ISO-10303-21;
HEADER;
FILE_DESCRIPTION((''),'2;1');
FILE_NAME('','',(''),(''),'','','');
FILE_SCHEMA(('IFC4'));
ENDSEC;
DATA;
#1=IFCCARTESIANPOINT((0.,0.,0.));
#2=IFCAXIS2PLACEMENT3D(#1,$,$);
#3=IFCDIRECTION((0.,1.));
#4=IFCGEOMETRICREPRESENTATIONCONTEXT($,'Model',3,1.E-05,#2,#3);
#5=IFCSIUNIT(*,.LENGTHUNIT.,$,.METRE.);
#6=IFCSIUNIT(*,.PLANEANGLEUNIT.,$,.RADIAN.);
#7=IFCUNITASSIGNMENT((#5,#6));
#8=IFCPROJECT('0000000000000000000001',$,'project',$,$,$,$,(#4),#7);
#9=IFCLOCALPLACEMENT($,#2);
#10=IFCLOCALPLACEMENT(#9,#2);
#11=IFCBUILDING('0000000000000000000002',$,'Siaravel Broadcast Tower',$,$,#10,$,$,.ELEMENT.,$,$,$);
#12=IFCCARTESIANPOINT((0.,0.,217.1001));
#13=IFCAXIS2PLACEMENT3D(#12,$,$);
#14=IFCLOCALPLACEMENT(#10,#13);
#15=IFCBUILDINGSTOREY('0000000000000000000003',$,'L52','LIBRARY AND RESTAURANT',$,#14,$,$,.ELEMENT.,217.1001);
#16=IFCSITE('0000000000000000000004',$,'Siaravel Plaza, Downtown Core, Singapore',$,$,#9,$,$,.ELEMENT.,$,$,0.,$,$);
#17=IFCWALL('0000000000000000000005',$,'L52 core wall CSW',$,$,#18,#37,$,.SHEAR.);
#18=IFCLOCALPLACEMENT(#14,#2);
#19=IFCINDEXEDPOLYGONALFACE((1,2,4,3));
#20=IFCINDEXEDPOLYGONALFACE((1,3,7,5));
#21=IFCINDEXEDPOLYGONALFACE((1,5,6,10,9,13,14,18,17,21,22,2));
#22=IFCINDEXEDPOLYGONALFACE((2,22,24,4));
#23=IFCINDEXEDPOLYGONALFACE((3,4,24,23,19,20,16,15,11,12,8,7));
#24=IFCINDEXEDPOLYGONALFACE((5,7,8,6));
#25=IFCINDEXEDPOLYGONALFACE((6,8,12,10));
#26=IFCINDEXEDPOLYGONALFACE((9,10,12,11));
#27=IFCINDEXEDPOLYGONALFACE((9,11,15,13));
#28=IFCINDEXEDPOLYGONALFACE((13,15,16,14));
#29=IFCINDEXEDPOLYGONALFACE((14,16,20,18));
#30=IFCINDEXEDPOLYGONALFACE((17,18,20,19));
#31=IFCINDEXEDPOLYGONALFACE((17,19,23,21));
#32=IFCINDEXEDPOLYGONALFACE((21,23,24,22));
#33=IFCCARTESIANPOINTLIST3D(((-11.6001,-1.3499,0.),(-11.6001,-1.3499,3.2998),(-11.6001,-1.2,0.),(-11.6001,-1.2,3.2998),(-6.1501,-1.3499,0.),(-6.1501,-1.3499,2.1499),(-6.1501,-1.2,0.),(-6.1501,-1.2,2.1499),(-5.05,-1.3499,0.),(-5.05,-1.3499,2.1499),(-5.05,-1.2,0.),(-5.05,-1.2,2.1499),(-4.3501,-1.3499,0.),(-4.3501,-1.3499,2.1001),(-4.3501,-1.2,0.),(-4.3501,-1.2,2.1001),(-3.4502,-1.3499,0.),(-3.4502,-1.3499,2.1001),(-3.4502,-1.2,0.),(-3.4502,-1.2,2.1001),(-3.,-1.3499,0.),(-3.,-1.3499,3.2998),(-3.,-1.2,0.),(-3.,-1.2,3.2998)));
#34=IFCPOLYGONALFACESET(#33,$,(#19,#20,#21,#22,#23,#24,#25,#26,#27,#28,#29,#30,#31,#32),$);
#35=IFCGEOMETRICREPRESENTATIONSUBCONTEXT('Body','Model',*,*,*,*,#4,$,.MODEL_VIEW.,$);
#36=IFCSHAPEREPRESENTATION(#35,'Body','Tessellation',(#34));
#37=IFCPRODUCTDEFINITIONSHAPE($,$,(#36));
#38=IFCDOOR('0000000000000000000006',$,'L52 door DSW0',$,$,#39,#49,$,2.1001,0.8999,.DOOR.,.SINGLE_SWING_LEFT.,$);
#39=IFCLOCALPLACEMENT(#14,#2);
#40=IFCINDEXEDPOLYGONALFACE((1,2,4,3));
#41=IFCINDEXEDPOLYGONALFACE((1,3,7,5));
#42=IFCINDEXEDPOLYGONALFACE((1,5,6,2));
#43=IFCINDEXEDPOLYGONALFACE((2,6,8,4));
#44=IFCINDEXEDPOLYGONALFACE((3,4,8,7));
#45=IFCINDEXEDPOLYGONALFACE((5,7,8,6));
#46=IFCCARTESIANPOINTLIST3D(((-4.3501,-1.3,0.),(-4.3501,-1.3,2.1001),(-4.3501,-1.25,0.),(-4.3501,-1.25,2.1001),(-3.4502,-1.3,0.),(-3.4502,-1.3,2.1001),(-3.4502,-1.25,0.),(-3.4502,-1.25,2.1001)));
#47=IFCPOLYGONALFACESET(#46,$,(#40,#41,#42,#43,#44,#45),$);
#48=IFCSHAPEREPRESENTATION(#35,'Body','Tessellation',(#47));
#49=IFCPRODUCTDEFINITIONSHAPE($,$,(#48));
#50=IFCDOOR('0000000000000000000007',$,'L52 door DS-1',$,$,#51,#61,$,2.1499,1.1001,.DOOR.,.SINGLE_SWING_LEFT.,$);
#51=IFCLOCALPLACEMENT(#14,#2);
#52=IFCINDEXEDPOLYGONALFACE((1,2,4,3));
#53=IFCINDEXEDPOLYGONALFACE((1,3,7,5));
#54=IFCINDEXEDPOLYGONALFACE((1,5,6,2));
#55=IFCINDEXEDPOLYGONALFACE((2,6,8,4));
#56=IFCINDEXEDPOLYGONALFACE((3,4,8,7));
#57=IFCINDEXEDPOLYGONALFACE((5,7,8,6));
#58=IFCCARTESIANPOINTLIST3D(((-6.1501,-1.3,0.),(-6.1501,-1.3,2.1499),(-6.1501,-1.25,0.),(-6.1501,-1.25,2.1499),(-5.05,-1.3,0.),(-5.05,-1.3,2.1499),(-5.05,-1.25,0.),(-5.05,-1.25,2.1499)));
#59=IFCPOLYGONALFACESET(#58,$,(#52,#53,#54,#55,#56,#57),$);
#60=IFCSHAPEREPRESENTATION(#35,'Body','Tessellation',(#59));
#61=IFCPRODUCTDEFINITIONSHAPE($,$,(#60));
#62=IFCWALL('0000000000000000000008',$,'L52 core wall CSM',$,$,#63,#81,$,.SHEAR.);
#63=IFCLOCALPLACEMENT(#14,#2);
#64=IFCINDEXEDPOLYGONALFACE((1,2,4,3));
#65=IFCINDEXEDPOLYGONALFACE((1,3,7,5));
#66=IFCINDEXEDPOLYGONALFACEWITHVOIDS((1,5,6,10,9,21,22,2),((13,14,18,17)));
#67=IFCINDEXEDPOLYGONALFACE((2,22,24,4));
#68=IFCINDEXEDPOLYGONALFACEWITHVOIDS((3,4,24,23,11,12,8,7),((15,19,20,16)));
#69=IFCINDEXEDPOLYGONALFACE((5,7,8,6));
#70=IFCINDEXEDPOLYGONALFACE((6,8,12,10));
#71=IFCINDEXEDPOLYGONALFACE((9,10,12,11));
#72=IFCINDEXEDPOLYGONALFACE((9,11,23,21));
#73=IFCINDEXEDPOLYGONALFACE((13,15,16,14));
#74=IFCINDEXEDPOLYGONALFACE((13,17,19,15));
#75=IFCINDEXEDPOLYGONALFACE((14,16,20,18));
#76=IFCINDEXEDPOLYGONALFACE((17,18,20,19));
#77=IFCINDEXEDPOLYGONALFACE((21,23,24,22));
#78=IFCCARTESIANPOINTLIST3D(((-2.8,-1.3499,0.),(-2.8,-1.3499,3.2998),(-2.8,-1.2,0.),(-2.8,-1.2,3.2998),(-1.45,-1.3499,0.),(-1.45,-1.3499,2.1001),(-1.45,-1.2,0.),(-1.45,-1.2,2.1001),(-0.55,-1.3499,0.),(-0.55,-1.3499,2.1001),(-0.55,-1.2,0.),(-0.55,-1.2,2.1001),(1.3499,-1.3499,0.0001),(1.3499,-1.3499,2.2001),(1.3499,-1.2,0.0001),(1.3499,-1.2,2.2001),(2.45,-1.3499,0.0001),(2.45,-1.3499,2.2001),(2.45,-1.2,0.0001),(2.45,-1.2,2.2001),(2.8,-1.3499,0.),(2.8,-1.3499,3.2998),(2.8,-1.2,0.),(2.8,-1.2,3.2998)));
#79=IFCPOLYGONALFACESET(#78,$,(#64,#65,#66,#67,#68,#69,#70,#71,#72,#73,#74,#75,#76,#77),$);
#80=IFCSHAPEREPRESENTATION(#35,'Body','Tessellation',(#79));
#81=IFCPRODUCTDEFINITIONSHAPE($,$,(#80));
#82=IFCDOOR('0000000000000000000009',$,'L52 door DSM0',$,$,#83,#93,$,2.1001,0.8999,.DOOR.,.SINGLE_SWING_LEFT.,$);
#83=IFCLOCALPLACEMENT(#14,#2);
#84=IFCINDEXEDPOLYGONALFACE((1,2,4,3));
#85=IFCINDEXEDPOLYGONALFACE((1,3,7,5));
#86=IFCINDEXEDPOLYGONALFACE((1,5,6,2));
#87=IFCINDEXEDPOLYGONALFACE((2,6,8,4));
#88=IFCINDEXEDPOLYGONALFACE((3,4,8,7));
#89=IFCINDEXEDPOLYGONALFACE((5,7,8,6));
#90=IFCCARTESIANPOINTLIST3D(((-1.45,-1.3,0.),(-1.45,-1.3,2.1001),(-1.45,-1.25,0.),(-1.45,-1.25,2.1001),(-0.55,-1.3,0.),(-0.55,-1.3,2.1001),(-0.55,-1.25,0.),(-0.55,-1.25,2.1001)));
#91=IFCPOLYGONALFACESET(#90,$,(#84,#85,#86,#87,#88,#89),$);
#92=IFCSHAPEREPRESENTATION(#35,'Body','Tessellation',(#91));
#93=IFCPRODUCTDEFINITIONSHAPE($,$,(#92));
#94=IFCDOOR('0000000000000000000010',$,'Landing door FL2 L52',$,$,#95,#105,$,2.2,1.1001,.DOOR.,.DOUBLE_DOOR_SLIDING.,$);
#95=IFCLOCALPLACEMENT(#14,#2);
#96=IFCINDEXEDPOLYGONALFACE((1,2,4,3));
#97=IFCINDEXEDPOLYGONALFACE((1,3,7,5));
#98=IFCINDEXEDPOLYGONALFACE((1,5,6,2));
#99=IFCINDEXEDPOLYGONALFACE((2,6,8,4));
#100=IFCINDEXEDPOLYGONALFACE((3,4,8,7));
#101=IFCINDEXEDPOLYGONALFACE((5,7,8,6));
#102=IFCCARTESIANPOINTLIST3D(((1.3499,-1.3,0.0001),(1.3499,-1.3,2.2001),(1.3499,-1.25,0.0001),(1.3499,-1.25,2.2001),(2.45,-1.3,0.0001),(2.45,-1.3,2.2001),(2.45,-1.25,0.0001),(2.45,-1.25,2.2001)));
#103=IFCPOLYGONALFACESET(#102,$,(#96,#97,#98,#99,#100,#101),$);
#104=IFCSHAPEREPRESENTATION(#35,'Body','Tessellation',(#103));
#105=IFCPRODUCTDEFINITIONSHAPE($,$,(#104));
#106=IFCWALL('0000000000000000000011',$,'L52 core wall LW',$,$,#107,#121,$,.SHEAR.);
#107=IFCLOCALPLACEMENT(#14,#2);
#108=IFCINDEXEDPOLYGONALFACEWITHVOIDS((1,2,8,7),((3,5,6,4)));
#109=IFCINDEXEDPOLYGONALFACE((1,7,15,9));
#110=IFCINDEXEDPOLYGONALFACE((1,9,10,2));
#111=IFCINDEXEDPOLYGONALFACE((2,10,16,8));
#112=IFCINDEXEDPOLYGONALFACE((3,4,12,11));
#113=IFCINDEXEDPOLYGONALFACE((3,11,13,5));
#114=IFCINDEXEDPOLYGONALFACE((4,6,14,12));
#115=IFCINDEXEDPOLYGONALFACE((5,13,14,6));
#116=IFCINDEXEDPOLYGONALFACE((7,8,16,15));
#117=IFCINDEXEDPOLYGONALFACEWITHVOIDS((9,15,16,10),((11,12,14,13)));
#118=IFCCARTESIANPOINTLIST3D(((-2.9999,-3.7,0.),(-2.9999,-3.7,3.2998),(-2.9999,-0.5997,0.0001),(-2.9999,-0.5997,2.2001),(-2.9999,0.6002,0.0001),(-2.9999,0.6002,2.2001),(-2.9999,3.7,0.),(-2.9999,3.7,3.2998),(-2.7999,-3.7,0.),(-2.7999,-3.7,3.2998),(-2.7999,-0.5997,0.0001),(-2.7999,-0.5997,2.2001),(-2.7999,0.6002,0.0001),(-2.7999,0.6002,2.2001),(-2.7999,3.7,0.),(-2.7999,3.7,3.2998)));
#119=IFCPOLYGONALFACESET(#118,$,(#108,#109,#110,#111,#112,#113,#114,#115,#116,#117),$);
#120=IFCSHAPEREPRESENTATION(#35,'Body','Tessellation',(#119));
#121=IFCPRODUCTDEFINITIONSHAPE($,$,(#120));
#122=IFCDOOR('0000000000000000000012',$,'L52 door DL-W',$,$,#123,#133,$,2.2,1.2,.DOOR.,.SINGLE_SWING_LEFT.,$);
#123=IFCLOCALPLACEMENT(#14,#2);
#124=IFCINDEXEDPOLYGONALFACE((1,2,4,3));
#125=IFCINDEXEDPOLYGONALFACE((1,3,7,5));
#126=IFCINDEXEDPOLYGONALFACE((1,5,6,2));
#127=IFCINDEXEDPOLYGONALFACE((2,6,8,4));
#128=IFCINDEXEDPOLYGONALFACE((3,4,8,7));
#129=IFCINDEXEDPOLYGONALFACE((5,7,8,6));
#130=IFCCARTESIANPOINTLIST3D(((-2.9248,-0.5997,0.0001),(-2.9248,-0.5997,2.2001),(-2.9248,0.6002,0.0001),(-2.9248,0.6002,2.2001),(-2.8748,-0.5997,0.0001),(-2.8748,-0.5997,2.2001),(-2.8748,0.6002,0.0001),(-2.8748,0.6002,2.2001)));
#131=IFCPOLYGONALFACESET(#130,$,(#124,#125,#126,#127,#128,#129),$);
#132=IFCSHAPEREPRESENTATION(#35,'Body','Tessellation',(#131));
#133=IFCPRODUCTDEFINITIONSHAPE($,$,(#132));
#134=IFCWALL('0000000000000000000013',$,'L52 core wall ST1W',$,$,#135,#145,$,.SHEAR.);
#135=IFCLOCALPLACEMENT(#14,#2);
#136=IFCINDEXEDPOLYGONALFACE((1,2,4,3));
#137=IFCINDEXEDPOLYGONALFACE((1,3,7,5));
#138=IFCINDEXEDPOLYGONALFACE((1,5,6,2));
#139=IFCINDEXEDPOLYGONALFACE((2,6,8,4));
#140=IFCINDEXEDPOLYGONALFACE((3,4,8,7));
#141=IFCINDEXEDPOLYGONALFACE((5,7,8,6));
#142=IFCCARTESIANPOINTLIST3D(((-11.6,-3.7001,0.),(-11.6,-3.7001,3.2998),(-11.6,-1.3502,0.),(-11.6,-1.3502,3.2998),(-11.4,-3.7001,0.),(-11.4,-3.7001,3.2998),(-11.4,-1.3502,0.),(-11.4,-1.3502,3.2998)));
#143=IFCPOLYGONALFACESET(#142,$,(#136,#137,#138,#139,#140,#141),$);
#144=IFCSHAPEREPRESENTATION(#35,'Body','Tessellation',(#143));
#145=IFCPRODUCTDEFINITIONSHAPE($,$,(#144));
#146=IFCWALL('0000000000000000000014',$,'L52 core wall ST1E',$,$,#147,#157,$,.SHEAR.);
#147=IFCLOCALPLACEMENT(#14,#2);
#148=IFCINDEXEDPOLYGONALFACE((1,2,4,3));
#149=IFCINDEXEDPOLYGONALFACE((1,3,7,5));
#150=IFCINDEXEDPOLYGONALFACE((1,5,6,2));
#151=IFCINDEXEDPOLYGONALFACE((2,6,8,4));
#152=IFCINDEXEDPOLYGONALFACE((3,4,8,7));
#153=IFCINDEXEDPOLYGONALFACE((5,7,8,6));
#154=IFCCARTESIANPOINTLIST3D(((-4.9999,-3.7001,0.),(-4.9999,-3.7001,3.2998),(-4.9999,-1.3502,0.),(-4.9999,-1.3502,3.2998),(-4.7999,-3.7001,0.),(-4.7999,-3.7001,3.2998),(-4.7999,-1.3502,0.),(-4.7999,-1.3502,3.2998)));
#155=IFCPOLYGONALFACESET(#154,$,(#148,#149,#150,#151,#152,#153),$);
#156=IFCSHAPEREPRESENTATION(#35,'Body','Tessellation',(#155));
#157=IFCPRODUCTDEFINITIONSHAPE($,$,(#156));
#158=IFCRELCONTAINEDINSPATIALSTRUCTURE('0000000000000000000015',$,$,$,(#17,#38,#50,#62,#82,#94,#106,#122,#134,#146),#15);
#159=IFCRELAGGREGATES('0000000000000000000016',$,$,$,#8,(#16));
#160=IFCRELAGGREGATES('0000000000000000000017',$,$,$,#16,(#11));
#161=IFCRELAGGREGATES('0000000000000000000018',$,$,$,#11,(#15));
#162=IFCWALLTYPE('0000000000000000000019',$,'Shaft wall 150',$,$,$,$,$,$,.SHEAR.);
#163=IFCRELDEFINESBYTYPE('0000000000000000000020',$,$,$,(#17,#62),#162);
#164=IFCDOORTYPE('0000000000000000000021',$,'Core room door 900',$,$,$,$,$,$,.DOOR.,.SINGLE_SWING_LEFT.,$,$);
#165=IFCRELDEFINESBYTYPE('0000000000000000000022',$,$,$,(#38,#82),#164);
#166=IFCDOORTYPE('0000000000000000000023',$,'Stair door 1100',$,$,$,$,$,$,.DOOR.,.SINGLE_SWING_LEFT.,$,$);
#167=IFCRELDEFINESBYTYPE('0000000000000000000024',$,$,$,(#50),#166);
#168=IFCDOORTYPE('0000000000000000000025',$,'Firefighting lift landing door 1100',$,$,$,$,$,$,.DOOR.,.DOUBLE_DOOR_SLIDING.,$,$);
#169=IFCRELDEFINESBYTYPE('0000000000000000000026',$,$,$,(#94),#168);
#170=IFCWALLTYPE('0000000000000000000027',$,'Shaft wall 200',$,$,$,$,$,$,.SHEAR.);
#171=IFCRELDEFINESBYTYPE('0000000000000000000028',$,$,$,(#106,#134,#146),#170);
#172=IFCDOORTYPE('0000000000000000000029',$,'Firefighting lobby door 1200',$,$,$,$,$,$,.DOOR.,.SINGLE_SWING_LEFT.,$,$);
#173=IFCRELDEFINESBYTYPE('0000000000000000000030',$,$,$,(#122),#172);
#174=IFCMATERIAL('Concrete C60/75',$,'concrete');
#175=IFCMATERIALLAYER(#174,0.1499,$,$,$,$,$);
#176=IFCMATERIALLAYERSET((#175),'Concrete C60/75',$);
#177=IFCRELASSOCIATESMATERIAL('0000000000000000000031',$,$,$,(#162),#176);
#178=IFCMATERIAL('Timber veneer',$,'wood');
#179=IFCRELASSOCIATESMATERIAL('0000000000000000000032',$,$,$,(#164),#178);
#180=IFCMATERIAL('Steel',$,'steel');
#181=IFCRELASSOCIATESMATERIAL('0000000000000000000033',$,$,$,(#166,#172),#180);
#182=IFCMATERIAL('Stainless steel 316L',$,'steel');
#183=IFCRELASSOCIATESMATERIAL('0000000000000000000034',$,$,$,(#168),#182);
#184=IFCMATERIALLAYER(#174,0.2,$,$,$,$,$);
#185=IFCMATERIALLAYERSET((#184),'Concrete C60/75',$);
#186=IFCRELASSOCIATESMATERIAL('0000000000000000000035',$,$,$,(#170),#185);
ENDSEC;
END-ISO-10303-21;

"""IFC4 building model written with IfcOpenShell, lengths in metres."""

from ifc_helpers import new_model, si_unit, direction, frame, frame_2d, origin, place, context, subcontext, project, spatial, rectangle, extrude, material, layer, layer_set, type_object, element, fill, save


model = new_model("IFC4")

# Units and contexts
model_context = context("Model", 3, precision=1e-05, world=origin(), true_north=direction((0.0, 1.0)))
body_context = subcontext(model_context, "Body", "Model", "MODEL_VIEW")
ifc_project = project(units=[si_unit("LENGTHUNIT", "METRE"), si_unit("PLANEANGLEUNIT", "RADIAN")], contexts=[model_context])

# Site, building, storey
site_placement = place(None, origin())
site = spatial("IfcSite", under=ifc_project, at=site_placement, Name="Siaravel Plaza, Downtown Core, Singapore", CompositionType="ELEMENT", RefElevation=0.0)
building_placement = place(site_placement, origin())
building = spatial("IfcBuilding", under=site, at=building_placement, Name="Siaravel Broadcast Tower", CompositionType="ELEMENT")
storey_placement = place(building_placement, frame((0.0, 0.0, 217.1001)))
storey = spatial("IfcBuildingStorey", under=building, at=storey_placement, Name="L52", Description="LIBRARY AND RESTAURANT", CompositionType="ELEMENT", Elevation=217.1001)

# Walls, openings, doors
ifc_material_1 = material(Name="Concrete C60/75", Category="concrete")
ifc_layer_1 = layer(ifc_material_1, 0.1499)
ifc_layer_set_1 = layer_set([ifc_layer_1], Name="Concrete C60/75")
wall_type_1 = type_object("IfcWallType", Name="Shaft wall 150", PredefinedType="SHEAR", material=ifc_layer_set_1)
wall_1_placement = place(storey_placement, frame((-11.6001, -1.2749, 0.0), z_axis=(0.0, 0.0, 1.0), x_axis=(1.0, 0.0, 0.0)))
wall_1 = element("IfcWall", 1, at=wall_1_placement, inside=storey, type_object=wall_type_1, Name="L52 core wall CSW", PredefinedType="SHEAR", context=body_context, shape_type="SweptSolid", body=[
    extrude(rectangle(XDim=8.6001, YDim=0.1499, at=frame_2d((4.3, 0.0))), origin(), (0.0, 0.0, 1.0), 3.2998),
])
opening_1_placement = place(wall_1_placement, frame((5.45, 0.0, 0.0)))
opening_1 = element("IfcOpeningElement", 2, at=opening_1_placement, cuts=wall_1, PredefinedType="OPENING", context=body_context, shape_type="SweptSolid", body=[
    extrude(rectangle(XDim=1.1001, YDim=2.1499, at=frame_2d((0.55, 1.075))), frame((0.0, 0.085, 0.0), z_axis=(0.0, -1.0, 0.0), x_axis=(1.0, 0.0, 0.0)), (0.0, 0.0, 1.0), 0.1699),
])
opening_2_placement = place(wall_1_placement, frame((7.25, 0.0, 0.0)))
opening_2 = element("IfcOpeningElement", 3, at=opening_2_placement, cuts=wall_1, PredefinedType="OPENING", context=body_context, shape_type="SweptSolid", body=[
    extrude(rectangle(XDim=0.8999, YDim=2.1001, at=frame_2d((0.45, 1.05))), frame((0.0, 0.085, 0.0), z_axis=(0.0, -1.0, 0.0), x_axis=(1.0, 0.0, 0.0)), (0.0, 0.0, 1.0), 0.1699),
])
ifc_material_2 = material(Name="Timber veneer", Category="wood")
door_type_1 = type_object("IfcDoorType", Name="Core room door 900", OperationType="SINGLE_SWING_LEFT", PredefinedType="DOOR", material=ifc_material_2)
door_1_placement = place(opening_2_placement, origin())
door_1 = element("IfcDoor", 4, at=door_1_placement, inside=storey, type_object=door_type_1, Name="L52 door DSW0", OperationType="SINGLE_SWING_LEFT", OverallHeight=2.1001, OverallWidth=0.8999, PredefinedType="DOOR", context=body_context, shape_type="SweptSolid", body=[
    extrude(rectangle(XDim=0.8999, YDim=2.1001, at=frame_2d((0.45, 1.05))), frame((0.0, 0.0249, 0.0), z_axis=(0.0, -1.0, 0.0), x_axis=(1.0, 0.0, 0.0)), (0.0, 0.0, 1.0), 0.05),
])
fill(opening_2, door_1)
ifc_material_3 = material(Name="Steel", Category="steel")
door_type_2 = type_object("IfcDoorType", Name="Stair door 1100", OperationType="SINGLE_SWING_LEFT", PredefinedType="DOOR", material=ifc_material_3)
door_2_placement = place(opening_1_placement, origin())
door_2 = element("IfcDoor", 5, at=door_2_placement, inside=storey, type_object=door_type_2, Name="L52 door DS-1", OperationType="SINGLE_SWING_LEFT", OverallHeight=2.1499, OverallWidth=1.1001, PredefinedType="DOOR", context=body_context, shape_type="SweptSolid", body=[
    extrude(rectangle(XDim=1.1001, YDim=2.1499, at=frame_2d((0.55, 1.075))), frame((0.0, 0.0249, 0.0), z_axis=(0.0, -1.0, 0.0), x_axis=(1.0, 0.0, 0.0)), (0.0, 0.0, 1.0), 0.05),
])
fill(opening_1, door_2)
wall_2_placement = place(storey_placement, frame((-2.8, -1.2749, 0.0), z_axis=(0.0, 0.0, 1.0), x_axis=(1.0, 0.0, 0.0)))
wall_2 = element("IfcWall", 6, at=wall_2_placement, inside=storey, type_object=wall_type_1, Name="L52 core wall CSM", PredefinedType="SHEAR", context=body_context, shape_type="SweptSolid", body=[
    extrude(rectangle(XDim=5.6001, YDim=0.1499, at=frame_2d((2.8, 0.0))), origin(), (0.0, 0.0, 1.0), 3.2998),
])
opening_3_placement = place(wall_2_placement, frame((4.1499, 0.0, 0.0)))
opening_3 = element("IfcOpeningElement", 7, at=opening_3_placement, cuts=wall_2, PredefinedType="OPENING", context=body_context, shape_type="SweptSolid", body=[
    extrude(rectangle(XDim=1.1001, YDim=2.2, at=frame_2d((0.55, 1.1001))), frame((0.0, 0.085, 0.0), z_axis=(0.0, -1.0, 0.0), x_axis=(1.0, 0.0, 0.0)), (0.0, 0.0, 1.0), 0.1699),
])
opening_4_placement = place(wall_2_placement, frame((1.3501, 0.0, 0.0)))
opening_4 = element("IfcOpeningElement", 8, at=opening_4_placement, cuts=wall_2, PredefinedType="OPENING", context=body_context, shape_type="SweptSolid", body=[
    extrude(rectangle(XDim=0.8999, YDim=2.1001, at=frame_2d((0.45, 1.05))), frame((0.0, 0.085, 0.0), z_axis=(0.0, -1.0, 0.0), x_axis=(1.0, 0.0, 0.0)), (0.0, 0.0, 1.0), 0.1699),
])
door_3_placement = place(opening_4_placement, origin())
door_3 = element("IfcDoor", 9, at=door_3_placement, inside=storey, type_object=door_type_1, Name="L52 door DSM0", OperationType="SINGLE_SWING_LEFT", OverallHeight=2.1001, OverallWidth=0.8999, PredefinedType="DOOR", context=body_context, shape_type="SweptSolid", body=[
    extrude(rectangle(XDim=0.8999, YDim=2.1001, at=frame_2d((0.45, 1.05))), frame((0.0, 0.0249, 0.0), z_axis=(0.0, -1.0, 0.0), x_axis=(1.0, 0.0, 0.0)), (0.0, 0.0, 1.0), 0.05),
])
fill(opening_4, door_3)
ifc_material_4 = material(Name="Stainless steel 316L", Category="steel")
door_type_3 = type_object("IfcDoorType", Name="Firefighting lift landing door 1100", OperationType="DOUBLE_DOOR_SLIDING", PredefinedType="DOOR", material=ifc_material_4)
door_4_placement = place(opening_3_placement, origin())
door_4 = element("IfcDoor", 10, at=door_4_placement, inside=storey, type_object=door_type_3, Name="Landing door FL2 L52", OperationType="DOUBLE_DOOR_SLIDING", OverallHeight=2.2, OverallWidth=1.1001, PredefinedType="DOOR", context=body_context, shape_type="SweptSolid", body=[
    extrude(rectangle(XDim=1.1001, YDim=2.2, at=frame_2d((0.55, 1.1001))), frame((0.0, 0.0249, 0.0), z_axis=(0.0, -1.0, 0.0), x_axis=(1.0, 0.0, 0.0)), (0.0, 0.0, 1.0), 0.05),
])
fill(opening_3, door_4)

# Wall, opening, door
ifc_layer_2 = layer(ifc_material_1, 0.2)
ifc_layer_set_2 = layer_set([ifc_layer_2], Name="Concrete C60/75")
wall_type_2 = type_object("IfcWallType", Name="Shaft wall 200", PredefinedType="SHEAR", material=ifc_layer_set_2)
wall_3_placement = place(storey_placement, frame((-2.8999, -3.7, 0.0), z_axis=(0.0, 0.0, 1.0), x_axis=(0.0, 1.0, 0.0)))
wall_3 = element("IfcWall", 11, at=wall_3_placement, inside=storey, type_object=wall_type_2, Name="L52 core wall LW", PredefinedType="SHEAR", context=body_context, shape_type="SweptSolid", body=[
    extrude(rectangle(XDim=7.3999, YDim=0.2, at=frame_2d((3.7, 0.0))), origin(), (0.0, 0.0, 1.0), 3.2998),
])
opening_5_placement = place(wall_3_placement, frame((3.1001, 0.0, 0.0)))
opening_5 = element("IfcOpeningElement", 12, at=opening_5_placement, cuts=wall_3, PredefinedType="OPENING", context=body_context, shape_type="SweptSolid", body=[
    extrude(rectangle(XDim=1.2, YDim=2.2, at=frame_2d((0.6001, 1.1001))), frame((0.0, 0.1099, 0.0), z_axis=(0.0, -1.0, 0.0), x_axis=(1.0, 0.0, 0.0)), (0.0, 0.0, 1.0), 0.22),
])
door_type_4 = type_object("IfcDoorType", Name="Firefighting lobby door 1200", OperationType="SINGLE_SWING_LEFT", PredefinedType="DOOR", material=ifc_material_3)
door_5_placement = place(opening_5_placement, origin())
door_5 = element("IfcDoor", 13, at=door_5_placement, inside=storey, type_object=door_type_4, Name="L52 door DL-W", OperationType="SINGLE_SWING_LEFT", OverallHeight=2.2, OverallWidth=1.2, PredefinedType="DOOR", context=body_context, shape_type="SweptSolid", body=[
    extrude(rectangle(XDim=1.2, YDim=2.2, at=frame_2d((0.6001, 1.1001))), frame((0.0, 0.0249, 0.0), z_axis=(0.0, -1.0, 0.0), x_axis=(1.0, 0.0, 0.0)), (0.0, 0.0, 1.0), 0.05),
])
fill(opening_5, door_5)

# Walls
for number, where, z_axis, x_axis, name in (
    (14, (-11.5, -3.7, 0.0), (0.0, 0.0, 1.0), (0.0, 1.0, 0.0), "L52 core wall ST1W"),
    (15, (-4.8999, -3.7, 0.0), (0.0, 0.0, 1.0), (0.0, 1.0, 0.0), "L52 core wall ST1E"),
):
    element("IfcWall", number, at=place(storey_placement, frame(where, z_axis=z_axis, x_axis=x_axis)), inside=storey, type_object=wall_type_2, Name=name, PredefinedType="SHEAR", context=body_context, shape_type="SweptSolid", body=[
        extrude(rectangle(XDim=2.3499, YDim=0.2, at=frame_2d((1.1748, 0.0))), origin(), (0.0, 0.0, 1.0), 3.2998),
    ])

save(model, "model.ifc")
